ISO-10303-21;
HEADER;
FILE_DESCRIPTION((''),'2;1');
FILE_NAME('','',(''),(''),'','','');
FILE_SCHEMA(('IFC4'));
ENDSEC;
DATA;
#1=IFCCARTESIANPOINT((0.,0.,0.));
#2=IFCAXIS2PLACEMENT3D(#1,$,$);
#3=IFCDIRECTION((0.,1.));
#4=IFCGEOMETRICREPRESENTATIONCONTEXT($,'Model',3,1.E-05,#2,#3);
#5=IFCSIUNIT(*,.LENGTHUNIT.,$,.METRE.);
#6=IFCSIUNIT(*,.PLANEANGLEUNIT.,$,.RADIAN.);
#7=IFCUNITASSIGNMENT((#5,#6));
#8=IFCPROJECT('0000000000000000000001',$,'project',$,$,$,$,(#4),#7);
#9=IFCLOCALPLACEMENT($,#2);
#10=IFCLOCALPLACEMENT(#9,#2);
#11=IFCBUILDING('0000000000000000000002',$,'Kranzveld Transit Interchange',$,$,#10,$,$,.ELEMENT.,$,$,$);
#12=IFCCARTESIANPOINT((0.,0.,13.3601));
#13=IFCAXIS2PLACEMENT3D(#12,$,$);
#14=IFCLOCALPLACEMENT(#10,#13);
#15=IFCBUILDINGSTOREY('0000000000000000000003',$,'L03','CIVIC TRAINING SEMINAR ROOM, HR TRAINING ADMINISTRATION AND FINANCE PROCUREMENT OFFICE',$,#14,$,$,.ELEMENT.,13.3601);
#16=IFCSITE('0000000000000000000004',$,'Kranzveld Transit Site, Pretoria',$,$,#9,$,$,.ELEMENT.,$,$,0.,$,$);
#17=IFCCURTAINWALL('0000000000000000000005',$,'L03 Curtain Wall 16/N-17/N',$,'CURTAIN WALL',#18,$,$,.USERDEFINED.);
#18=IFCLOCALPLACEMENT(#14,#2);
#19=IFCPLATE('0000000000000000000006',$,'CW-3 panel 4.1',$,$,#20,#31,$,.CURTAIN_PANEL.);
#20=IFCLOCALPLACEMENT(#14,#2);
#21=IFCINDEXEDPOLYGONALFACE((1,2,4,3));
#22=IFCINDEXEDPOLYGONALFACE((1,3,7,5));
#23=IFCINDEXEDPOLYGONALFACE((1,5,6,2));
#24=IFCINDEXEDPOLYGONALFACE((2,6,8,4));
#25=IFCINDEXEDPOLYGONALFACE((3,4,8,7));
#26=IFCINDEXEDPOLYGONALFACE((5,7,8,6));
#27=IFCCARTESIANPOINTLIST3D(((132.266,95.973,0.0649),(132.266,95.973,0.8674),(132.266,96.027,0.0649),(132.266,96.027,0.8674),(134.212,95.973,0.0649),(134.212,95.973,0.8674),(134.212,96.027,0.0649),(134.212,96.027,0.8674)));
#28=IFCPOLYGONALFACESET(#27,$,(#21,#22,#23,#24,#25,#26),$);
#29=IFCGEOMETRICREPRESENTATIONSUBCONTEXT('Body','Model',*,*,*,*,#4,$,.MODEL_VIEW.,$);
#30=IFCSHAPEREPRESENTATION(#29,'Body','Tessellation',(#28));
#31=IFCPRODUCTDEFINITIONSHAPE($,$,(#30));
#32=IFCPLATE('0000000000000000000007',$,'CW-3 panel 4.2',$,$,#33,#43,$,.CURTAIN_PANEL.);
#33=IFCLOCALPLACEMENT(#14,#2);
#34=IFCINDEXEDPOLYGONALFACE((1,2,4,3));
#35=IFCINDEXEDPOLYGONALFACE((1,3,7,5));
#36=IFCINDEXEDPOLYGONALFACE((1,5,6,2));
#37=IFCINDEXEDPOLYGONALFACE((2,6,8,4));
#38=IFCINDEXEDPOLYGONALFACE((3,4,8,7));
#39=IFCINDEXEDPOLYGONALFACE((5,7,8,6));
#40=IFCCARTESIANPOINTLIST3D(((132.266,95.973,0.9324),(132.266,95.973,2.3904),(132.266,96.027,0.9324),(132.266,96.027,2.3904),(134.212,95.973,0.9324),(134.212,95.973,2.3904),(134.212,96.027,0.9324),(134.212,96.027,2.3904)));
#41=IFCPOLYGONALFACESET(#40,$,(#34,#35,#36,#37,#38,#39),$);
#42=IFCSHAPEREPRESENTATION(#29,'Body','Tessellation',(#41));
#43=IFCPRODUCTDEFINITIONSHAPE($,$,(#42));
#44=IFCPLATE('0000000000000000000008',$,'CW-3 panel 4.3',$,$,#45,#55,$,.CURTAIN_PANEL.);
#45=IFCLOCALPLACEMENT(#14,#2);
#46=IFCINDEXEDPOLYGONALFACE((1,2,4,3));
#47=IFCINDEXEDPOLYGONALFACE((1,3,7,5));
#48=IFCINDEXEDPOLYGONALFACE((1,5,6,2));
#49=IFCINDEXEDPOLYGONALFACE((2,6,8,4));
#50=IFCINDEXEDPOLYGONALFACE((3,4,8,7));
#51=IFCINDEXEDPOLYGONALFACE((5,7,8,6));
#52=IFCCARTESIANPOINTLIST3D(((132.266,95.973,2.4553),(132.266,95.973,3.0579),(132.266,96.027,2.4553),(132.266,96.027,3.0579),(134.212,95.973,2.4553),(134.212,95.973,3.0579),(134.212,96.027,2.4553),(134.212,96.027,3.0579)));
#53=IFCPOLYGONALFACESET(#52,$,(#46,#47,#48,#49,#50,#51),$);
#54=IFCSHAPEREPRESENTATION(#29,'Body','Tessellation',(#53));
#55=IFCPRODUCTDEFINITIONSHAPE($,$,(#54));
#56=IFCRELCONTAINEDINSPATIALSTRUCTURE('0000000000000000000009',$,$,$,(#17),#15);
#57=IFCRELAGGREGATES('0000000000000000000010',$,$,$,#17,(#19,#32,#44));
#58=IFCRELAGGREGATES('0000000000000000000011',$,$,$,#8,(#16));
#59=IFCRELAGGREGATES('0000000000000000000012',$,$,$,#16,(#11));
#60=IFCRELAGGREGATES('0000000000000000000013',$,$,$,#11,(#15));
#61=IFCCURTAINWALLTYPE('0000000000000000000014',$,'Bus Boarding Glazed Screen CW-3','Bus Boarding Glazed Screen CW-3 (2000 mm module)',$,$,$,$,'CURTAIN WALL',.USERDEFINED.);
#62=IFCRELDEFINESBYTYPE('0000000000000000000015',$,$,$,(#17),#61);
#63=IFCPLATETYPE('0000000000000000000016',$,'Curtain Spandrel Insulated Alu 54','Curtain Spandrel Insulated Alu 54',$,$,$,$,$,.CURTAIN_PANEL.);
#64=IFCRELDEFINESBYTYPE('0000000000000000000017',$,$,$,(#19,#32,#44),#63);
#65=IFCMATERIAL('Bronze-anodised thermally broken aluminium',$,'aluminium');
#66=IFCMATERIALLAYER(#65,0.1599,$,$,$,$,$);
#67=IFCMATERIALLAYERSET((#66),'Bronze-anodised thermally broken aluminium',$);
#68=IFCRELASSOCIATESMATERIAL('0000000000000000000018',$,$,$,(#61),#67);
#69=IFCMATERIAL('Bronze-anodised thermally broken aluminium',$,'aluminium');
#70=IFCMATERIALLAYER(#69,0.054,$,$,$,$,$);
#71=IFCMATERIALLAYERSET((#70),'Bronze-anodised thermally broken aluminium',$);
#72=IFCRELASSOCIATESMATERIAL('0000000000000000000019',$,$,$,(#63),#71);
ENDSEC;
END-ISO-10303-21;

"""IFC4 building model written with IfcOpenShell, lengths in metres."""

from ifc_helpers import new_model, si_unit, direction, frame, origin, origin_2d, place, context, subcontext, project, spatial, rectangle, extrude, material, layer, layer_set, type_object, element, aggregate, save


model = new_model("IFC4")

# Units and contexts
model_context = context("Model", 3, precision=1e-05, world=origin(), true_north=direction((0.0, 1.0)))
body_context = subcontext(model_context, "Body", "Model", "MODEL_VIEW")
ifc_project = project(units=[si_unit("LENGTHUNIT", "METRE"), si_unit("PLANEANGLEUNIT", "RADIAN")], contexts=[model_context])

# Site, building, storey
site_placement = place(None, origin())
site = spatial("IfcSite", under=ifc_project, at=site_placement, Name="Kranzveld Transit Site, Pretoria", CompositionType="ELEMENT", RefElevation=0.0)
building_placement = place(site_placement, origin())
building = spatial("IfcBuilding", under=site, at=building_placement, Name="Kranzveld Transit Interchange", CompositionType="ELEMENT")
storey_placement = place(building_placement, frame((0.0, 0.0, 13.3601)))
storey = spatial("IfcBuildingStorey", under=building, at=storey_placement, Name="L03", Description="CIVIC TRAINING SEMINAR ROOM, HR TRAINING ADMINISTRATION AND FINANCE PROCUREMENT OFFICE", CompositionType="ELEMENT", Elevation=13.3601)

# Curtain wall
ifc_material_1 = material(Name="Bronze-anodised thermally broken aluminium", Category="aluminium")
ifc_layer_1 = layer(ifc_material_1, 0.1599)
ifc_layer_set_1 = layer_set([ifc_layer_1], Name="Bronze-anodised thermally broken aluminium")
curtain_wall_type_1 = type_object("IfcCurtainWallType", Name="Bus Boarding Glazed Screen CW-3", Description="Bus Boarding Glazed Screen CW-3 (2000 mm module)", ElementType="CURTAIN WALL", PredefinedType="USERDEFINED", material=ifc_layer_set_1)
curtain_wall_1_placement = place(storey_placement, origin())
curtain_wall_1 = element("IfcCurtainWall", 1, at=curtain_wall_1_placement, inside=storey, type_object=curtain_wall_type_1, Name="L03 Curtain Wall 16/N-17/N", ObjectType="CURTAIN WALL", PredefinedType="USERDEFINED")

# Plates
ifc_material_2 = material(Name="Bronze-anodised thermally broken aluminium", Category="aluminium")
ifc_layer_2 = layer(ifc_material_2, 0.054)
ifc_layer_set_2 = layer_set([ifc_layer_2], Name="Bronze-anodised thermally broken aluminium")
plate_type_1 = type_object("IfcPlateType", Name="Curtain Spandrel Insulated Alu 54", Description="Curtain Spandrel Insulated Alu 54", PredefinedType="CURTAIN_PANEL", material=ifc_layer_set_2)
plate_1_placement = place(storey_placement, frame((133.239, 96.0, 0.0649), z_axis=(0.0, 0.0, 1.0), x_axis=(1.0, 0.0, 0.0)))
plate_1 = element("IfcPlate", 2, at=plate_1_placement, type_object=plate_type_1, Name="CW-3 panel 4.1", PredefinedType="CURTAIN_PANEL", context=body_context, shape_type="SweptSolid", body=[
    extrude(rectangle(XDim=1.946, YDim=0.054, at=origin_2d()), origin(), (0.0, 0.0, 1.0), 0.8025),
])
plate_2_placement = place(storey_placement, frame((133.239, 96.0, 0.9324), z_axis=(0.0, 0.0, 1.0), x_axis=(1.0, 0.0, 0.0)))
plate_2 = element("IfcPlate", 3, at=plate_2_placement, type_object=plate_type_1, Name="CW-3 panel 4.2", PredefinedType="CURTAIN_PANEL", context=body_context, shape_type="SweptSolid", body=[
    extrude(rectangle(XDim=1.946, YDim=0.054, at=origin_2d()), origin(), (0.0, 0.0, 1.0), 1.458),
])
plate_3_placement = place(storey_placement, frame((133.239, 96.0, 2.4553), z_axis=(0.0, 0.0, 1.0), x_axis=(1.0, 0.0, 0.0)))
plate_3 = element("IfcPlate", 4, at=plate_3_placement, type_object=plate_type_1, Name="CW-3 panel 4.3", PredefinedType="CURTAIN_PANEL", context=body_context, shape_type="SweptSolid", body=[
    extrude(rectangle(XDim=1.946, YDim=0.054, at=origin_2d()), origin(), (0.0, 0.0, 1.0), 0.6025),
])
aggregate(curtain_wall_1, [plate_1, plate_2, plate_3])

save(model, "model.ifc")
